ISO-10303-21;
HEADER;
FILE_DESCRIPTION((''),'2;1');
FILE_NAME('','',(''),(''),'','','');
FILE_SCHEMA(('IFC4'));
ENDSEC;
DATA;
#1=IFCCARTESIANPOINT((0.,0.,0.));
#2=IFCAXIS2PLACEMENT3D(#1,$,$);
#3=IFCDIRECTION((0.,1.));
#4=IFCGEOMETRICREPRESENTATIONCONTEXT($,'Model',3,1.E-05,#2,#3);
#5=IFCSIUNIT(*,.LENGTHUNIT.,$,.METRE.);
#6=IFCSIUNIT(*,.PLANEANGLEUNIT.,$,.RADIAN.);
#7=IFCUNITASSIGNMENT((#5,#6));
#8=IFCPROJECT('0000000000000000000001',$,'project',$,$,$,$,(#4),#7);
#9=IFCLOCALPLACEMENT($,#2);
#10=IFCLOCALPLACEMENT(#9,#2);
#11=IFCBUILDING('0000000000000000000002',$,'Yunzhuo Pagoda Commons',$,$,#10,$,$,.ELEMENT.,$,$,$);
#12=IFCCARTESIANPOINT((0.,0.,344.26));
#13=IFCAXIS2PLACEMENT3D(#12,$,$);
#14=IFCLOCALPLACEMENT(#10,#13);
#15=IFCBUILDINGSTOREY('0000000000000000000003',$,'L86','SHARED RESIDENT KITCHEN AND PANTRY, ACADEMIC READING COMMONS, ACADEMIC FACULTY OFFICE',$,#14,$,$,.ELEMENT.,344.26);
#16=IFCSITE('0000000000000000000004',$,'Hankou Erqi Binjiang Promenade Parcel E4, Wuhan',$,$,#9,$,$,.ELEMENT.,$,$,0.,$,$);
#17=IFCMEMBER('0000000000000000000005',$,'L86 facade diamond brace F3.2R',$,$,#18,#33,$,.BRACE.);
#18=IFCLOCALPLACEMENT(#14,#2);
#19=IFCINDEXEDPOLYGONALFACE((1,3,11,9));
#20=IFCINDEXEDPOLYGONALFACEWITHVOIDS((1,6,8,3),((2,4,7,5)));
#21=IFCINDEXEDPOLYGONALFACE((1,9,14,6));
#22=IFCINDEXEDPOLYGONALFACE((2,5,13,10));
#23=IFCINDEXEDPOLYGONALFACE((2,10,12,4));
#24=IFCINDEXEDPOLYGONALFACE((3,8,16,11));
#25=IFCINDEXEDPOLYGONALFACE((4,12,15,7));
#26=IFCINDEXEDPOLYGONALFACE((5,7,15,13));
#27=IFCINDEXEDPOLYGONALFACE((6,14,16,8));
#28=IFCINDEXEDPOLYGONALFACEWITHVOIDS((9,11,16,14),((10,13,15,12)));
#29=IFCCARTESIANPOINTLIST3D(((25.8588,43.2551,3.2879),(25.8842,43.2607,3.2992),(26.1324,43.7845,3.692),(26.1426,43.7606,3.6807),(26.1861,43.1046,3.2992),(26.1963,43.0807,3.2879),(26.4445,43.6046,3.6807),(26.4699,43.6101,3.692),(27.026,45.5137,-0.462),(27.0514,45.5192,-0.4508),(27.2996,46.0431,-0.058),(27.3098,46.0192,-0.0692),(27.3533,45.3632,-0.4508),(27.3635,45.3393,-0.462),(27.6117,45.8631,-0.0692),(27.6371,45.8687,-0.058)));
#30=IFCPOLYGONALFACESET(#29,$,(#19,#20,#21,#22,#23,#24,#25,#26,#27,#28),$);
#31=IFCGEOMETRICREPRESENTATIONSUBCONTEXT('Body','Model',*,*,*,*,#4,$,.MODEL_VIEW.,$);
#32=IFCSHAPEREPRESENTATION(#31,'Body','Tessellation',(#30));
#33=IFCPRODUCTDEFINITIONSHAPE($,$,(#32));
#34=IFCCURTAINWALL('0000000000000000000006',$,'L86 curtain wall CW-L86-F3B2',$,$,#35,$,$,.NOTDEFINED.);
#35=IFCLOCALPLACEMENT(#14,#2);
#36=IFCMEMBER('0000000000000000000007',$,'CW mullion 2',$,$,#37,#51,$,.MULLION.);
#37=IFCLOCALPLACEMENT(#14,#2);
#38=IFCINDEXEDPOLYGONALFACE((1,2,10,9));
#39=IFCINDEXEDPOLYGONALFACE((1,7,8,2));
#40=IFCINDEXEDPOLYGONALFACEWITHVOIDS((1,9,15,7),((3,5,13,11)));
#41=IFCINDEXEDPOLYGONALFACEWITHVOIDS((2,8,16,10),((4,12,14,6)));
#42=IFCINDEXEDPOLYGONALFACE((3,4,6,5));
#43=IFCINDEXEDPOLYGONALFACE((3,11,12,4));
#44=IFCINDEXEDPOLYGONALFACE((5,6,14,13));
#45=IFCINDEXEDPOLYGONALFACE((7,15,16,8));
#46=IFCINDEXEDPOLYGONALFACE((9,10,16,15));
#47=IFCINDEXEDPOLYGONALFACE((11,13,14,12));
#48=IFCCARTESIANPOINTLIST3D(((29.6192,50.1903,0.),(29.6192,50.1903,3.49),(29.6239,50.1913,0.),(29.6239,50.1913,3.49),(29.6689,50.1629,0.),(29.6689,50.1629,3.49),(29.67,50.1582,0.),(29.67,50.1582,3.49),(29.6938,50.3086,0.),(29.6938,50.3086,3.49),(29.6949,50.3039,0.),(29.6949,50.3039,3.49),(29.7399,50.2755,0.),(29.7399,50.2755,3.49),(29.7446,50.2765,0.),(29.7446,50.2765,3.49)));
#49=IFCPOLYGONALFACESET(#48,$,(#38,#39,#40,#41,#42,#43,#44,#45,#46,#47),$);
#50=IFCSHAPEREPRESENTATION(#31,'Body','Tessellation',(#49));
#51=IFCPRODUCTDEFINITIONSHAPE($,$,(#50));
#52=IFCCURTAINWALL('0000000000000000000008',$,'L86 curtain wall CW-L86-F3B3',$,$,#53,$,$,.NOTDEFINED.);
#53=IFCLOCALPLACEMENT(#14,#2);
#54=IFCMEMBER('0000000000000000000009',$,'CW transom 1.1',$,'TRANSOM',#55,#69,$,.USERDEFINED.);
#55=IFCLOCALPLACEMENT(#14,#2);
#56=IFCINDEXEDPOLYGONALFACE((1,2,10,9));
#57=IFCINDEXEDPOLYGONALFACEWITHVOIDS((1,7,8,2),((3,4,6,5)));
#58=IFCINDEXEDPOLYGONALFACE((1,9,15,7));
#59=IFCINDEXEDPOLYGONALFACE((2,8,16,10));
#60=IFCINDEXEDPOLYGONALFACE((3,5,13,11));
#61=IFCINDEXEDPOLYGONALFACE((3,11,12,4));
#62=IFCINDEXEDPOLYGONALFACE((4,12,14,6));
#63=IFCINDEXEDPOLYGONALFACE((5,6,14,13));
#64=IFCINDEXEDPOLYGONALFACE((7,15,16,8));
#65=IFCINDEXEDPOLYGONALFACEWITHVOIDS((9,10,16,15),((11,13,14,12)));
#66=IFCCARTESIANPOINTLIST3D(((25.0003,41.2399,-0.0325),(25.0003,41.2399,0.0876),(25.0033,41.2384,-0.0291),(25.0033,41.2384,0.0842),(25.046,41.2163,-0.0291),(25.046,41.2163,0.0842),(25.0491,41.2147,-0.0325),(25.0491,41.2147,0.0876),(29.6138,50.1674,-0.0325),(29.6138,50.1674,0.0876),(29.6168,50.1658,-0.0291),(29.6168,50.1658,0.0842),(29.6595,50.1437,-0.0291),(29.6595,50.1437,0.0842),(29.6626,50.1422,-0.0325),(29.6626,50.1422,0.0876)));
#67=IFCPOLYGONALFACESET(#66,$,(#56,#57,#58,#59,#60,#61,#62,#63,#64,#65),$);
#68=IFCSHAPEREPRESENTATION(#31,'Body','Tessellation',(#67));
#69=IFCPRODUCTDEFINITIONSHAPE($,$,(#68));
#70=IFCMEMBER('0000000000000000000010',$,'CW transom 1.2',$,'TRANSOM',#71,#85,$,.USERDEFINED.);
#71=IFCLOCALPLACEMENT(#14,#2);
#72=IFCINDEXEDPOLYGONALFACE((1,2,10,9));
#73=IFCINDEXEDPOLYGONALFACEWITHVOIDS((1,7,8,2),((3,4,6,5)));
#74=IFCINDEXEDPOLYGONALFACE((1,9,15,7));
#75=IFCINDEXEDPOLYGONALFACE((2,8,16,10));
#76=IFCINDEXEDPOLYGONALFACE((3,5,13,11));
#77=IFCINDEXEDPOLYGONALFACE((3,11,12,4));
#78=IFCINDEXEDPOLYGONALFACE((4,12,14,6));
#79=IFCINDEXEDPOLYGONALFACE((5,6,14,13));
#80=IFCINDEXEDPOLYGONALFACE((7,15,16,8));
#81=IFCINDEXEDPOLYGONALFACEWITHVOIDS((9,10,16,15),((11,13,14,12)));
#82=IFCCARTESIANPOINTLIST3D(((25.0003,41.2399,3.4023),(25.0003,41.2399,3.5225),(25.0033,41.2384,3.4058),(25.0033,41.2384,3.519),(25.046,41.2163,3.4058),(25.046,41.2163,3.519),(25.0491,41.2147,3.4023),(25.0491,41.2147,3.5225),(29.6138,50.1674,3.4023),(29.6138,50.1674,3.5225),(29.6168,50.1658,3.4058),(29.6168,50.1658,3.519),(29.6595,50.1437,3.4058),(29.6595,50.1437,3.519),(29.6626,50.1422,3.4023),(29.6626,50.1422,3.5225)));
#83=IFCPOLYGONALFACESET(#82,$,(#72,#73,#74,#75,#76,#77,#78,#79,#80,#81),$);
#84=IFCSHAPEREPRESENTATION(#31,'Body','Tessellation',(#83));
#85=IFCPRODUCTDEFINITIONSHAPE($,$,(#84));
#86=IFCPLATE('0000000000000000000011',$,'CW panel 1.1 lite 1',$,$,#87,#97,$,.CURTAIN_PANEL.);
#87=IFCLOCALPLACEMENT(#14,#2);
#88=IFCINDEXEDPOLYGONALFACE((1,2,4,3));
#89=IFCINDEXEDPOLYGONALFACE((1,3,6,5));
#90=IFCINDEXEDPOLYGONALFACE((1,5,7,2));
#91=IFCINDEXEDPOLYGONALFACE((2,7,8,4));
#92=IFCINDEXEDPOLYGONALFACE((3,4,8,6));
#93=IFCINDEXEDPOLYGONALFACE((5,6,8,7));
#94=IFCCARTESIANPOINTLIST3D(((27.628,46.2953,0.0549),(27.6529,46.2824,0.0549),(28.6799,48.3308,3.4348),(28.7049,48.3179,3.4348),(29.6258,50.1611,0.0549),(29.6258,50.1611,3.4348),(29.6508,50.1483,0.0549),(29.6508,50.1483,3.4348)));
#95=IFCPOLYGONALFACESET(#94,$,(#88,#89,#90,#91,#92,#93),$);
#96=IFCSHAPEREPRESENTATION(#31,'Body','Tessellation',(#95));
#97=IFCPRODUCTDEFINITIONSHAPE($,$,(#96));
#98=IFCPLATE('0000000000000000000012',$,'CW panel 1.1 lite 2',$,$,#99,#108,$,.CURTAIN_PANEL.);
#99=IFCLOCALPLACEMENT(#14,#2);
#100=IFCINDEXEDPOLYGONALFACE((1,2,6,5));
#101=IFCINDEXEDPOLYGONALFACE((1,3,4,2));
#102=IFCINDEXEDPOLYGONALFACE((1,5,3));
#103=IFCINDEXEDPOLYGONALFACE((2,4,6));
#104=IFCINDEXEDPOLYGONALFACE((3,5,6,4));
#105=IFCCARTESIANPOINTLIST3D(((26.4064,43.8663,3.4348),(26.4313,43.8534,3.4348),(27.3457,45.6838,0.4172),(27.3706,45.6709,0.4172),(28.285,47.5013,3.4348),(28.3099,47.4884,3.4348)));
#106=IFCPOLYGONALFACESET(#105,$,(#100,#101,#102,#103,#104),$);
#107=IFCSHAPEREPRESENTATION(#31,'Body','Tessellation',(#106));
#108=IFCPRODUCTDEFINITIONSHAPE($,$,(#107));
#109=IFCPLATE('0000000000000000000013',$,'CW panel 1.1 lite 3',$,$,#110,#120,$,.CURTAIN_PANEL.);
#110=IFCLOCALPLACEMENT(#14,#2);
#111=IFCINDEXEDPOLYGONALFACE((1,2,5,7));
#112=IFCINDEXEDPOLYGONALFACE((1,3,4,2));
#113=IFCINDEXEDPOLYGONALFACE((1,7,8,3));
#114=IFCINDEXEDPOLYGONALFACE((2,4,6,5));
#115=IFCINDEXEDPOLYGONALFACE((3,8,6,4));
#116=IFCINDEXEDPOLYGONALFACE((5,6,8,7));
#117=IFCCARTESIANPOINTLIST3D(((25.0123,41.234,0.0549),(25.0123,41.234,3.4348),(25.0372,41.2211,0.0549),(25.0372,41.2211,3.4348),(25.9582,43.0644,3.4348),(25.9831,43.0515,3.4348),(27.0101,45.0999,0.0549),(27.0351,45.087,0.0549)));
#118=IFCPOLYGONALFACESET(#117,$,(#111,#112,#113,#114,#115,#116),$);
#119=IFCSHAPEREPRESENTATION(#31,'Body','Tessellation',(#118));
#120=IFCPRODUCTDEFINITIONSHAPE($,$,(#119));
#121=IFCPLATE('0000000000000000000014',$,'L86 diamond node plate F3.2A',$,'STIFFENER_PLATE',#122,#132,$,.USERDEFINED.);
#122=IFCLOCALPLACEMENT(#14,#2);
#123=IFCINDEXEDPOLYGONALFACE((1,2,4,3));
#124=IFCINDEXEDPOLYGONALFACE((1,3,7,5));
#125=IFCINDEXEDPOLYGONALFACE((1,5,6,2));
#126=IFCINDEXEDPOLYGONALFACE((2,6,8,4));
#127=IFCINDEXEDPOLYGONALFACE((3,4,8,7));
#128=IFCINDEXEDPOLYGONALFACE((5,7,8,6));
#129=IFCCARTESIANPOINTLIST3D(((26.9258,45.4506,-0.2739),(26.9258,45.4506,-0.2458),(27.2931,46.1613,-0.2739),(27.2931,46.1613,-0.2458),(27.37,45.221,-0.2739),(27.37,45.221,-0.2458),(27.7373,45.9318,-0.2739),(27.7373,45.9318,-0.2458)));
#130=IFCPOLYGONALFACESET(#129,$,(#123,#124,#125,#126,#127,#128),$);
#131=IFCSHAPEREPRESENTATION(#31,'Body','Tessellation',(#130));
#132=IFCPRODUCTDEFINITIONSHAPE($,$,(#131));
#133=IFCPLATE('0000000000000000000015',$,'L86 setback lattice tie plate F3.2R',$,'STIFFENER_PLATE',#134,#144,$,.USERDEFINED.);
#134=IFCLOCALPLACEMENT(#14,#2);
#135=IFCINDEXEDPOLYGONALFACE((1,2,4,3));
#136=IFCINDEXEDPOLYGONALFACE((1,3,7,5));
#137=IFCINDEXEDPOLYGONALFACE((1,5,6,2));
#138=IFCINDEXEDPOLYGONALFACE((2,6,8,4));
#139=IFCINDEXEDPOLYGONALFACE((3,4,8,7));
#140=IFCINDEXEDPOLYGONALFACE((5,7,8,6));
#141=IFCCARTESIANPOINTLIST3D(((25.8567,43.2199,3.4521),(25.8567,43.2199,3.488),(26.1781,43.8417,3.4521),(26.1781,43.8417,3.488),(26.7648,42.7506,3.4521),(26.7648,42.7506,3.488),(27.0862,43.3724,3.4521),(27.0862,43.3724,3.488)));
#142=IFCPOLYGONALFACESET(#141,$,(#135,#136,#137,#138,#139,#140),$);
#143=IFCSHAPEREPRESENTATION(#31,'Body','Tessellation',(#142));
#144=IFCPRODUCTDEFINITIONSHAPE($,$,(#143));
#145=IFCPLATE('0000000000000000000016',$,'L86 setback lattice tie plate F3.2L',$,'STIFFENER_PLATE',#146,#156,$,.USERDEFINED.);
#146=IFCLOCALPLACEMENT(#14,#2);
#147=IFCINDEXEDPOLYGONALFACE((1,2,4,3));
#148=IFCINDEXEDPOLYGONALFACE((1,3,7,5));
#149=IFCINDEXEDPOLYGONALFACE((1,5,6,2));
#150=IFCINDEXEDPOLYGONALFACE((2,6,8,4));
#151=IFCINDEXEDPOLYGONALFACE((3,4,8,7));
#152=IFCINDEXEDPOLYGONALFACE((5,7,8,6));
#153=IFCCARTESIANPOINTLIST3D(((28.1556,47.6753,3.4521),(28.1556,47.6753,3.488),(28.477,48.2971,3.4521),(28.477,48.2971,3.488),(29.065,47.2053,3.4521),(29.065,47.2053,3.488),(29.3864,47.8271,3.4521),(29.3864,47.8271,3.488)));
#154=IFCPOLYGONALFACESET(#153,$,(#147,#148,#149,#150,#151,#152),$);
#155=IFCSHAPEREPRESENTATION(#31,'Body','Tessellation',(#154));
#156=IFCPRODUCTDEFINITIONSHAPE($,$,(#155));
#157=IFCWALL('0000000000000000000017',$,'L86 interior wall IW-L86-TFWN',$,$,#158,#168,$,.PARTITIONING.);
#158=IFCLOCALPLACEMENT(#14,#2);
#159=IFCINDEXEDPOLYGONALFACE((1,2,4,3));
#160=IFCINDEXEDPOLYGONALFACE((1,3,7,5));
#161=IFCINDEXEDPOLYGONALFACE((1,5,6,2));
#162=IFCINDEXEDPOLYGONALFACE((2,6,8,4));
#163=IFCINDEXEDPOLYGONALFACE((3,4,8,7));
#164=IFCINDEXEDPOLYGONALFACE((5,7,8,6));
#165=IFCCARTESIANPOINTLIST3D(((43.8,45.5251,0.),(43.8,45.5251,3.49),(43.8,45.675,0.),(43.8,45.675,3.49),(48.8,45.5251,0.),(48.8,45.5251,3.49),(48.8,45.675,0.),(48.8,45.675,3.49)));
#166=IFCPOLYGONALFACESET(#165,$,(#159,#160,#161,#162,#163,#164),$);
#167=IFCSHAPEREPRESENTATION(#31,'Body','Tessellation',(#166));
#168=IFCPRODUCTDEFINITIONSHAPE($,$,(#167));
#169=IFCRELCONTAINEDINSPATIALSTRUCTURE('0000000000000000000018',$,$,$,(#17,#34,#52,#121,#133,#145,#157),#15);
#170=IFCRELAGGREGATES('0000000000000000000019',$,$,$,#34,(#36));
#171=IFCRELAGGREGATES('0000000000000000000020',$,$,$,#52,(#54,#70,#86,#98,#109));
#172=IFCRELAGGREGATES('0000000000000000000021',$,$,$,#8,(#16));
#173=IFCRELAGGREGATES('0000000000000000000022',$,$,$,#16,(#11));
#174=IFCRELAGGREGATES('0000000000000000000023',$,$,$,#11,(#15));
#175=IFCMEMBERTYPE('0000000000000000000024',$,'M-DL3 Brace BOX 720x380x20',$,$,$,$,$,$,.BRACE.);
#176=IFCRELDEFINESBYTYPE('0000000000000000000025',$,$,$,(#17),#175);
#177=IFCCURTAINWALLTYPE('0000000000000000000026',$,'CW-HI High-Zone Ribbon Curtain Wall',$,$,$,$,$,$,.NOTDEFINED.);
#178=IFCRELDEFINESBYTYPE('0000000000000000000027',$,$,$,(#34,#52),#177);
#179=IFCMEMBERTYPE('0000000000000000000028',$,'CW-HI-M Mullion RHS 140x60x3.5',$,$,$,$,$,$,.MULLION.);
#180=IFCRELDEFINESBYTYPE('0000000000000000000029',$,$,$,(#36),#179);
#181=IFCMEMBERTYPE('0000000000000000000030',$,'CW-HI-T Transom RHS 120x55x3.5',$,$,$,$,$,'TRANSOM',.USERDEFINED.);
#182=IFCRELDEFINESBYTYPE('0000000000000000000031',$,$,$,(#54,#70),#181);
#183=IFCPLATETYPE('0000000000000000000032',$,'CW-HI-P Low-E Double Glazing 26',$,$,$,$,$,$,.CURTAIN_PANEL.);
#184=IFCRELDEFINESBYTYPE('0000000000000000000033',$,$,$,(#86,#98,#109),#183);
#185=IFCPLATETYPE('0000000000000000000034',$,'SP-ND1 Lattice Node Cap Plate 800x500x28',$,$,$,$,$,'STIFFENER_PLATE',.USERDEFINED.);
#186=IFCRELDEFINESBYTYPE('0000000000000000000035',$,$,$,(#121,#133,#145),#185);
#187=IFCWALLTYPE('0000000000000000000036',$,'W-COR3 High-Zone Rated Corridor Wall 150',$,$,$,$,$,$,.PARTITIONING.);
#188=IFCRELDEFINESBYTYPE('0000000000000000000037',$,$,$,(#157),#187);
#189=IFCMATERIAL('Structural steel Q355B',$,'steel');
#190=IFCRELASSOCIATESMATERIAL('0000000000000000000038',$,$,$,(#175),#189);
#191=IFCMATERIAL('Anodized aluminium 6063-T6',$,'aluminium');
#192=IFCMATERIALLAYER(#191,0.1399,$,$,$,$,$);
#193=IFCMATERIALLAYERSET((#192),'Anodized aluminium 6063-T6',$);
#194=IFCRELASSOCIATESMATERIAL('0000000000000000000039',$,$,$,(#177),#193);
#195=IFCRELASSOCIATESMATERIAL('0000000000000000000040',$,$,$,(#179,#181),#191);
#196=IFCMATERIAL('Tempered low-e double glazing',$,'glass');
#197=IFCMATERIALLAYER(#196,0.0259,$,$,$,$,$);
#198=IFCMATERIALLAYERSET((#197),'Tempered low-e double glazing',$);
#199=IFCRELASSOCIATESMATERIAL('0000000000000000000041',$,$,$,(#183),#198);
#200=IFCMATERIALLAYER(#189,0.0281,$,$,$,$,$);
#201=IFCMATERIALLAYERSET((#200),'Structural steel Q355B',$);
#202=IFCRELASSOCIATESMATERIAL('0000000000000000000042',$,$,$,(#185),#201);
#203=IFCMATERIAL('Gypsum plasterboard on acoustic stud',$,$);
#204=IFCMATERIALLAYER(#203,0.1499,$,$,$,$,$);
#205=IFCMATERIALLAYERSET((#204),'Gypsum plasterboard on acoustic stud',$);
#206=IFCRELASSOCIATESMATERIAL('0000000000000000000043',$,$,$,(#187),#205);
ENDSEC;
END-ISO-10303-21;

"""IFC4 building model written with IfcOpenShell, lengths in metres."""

from ifc_helpers import new_model, si_unit, direction, frame, frame_2d, origin, origin_2d, place, context, subcontext, project, spatial, polyline, rectangle, hollow_rectangle, outline, extrude, source, transform, mapped, material, layer, layer_set, material_profile, profile_set, type_object, element, aggregate, save


model = new_model("IFC4")

# Units and contexts
model_context = context("Model", 3, precision=1e-05, world=origin(), true_north=direction((0.0, 1.0)))
body_context = subcontext(model_context, "Body", "Model", "MODEL_VIEW")
ifc_project = project(units=[si_unit("LENGTHUNIT", "METRE"), si_unit("PLANEANGLEUNIT", "RADIAN")], contexts=[model_context])

# Site, building, storey
site_placement = place(None, origin())
site = spatial("IfcSite", under=ifc_project, at=site_placement, Name="Hankou Erqi Binjiang Promenade Parcel E4, Wuhan", CompositionType="ELEMENT", RefElevation=0.0)
building_placement = place(site_placement, origin())
building = spatial("IfcBuilding", under=site, at=building_placement, Name="Yunzhuo Pagoda Commons", CompositionType="ELEMENT")
storey_placement = place(building_placement, frame((0.0, 0.0, 344.26)))
storey = spatial("IfcBuildingStorey", under=building, at=storey_placement, Name="L86", Description="SHARED RESIDENT KITCHEN AND PANTRY, ACADEMIC READING COMMONS, ACADEMIC FACULTY OFFICE", CompositionType="ELEMENT", Elevation=344.26)

# Shared definitions
ifc_material_1 = material(Name="Structural steel Q355B", Category="steel")

# Member
ifc_material_profile_1 = material_profile(ifc_material_1, hollow_rectangle(XDim=0.3799, YDim=0.72, WallThickness=0.02, at=origin_2d()), Name="Structural steel Q355B")
ifc_profile_set_1 = profile_set([ifc_material_profile_1], Name="Structural steel Q355B")
member_type_1 = type_object("IfcMemberType", Name="M-DL3 Brace BOX 720x380x20", PredefinedType="BRACE", material=ifc_profile_set_1)
shared_shape_1 = source(origin(), body_context, "Body", "SweptSolid", [
    extrude(hollow_rectangle(XDim=0.3799, YDim=0.72, WallThickness=0.02, at=origin_2d()), origin(), (0.0, 0.0, 1.0), 4.5305),
])
for number, where, z_axis, x_axis, name in (
    (1, (27.3315, 45.6912, -0.26), (-0.257636, -0.498514, 0.827712), (0.888374, -0.45912, 0.0), "L86 facade diamond brace F3.2R"),
):
    element("IfcMember", number, at=place(storey_placement, frame(where, z_axis=z_axis, x_axis=x_axis)), inside=storey, type_object=member_type_1, Name=name, PredefinedType="BRACE", context=body_context, shape_type="MappedRepresentation", body=[
        mapped(shared_shape_1, transform((0.0, 0.0, 0.0), scale=1.0)),
    ])

# Curtain wall, member
ifc_material_2 = material(Name="Anodized aluminium 6063-T6", Category="aluminium")
ifc_layer_1 = layer(ifc_material_2, 0.1399)
ifc_layer_set_1 = layer_set([ifc_layer_1], Name="Anodized aluminium 6063-T6")
curtain_wall_type = type_object("IfcCurtainWallType", Name="CW-HI High-Zone Ribbon Curtain Wall", PredefinedType="NOTDEFINED", material=ifc_layer_set_1)
curtain_wall_1_placement = place(storey_placement, origin())
curtain_wall_1 = element("IfcCurtainWall", 2, at=curtain_wall_1_placement, inside=storey, type_object=curtain_wall_type, Name="L86 curtain wall CW-L86-F3B2", PredefinedType="NOTDEFINED")
ifc_material_profile_2 = material_profile(ifc_material_2, hollow_rectangle(XDim=0.0601, YDim=0.1399, WallThickness=0.0034, at=origin_2d()), Name="Anodized aluminium 6063-T6")
ifc_profile_set_2 = profile_set([ifc_material_profile_2], Name="Anodized aluminium 6063-T6")
member_type_2 = type_object("IfcMemberType", Name="CW-HI-M Mullion RHS 140x60x3.5", PredefinedType="MULLION", material=ifc_profile_set_2)
shared_shape_2 = source(origin(), body_context, "Body", "SweptSolid", [
    extrude(hollow_rectangle(XDim=0.0601, YDim=0.1399, WallThickness=0.0034, at=origin_2d()), origin(), (0.0, 0.0, 1.0), 3.49),
])
member_1_placement = place(storey_placement, frame((29.6819, 50.2334, 0.0), z_axis=(0.0, 0.0, 1.0), x_axis=(0.845818, -0.533472, 0.0)))
member_1 = element("IfcMember", 3, at=member_1_placement, type_object=member_type_2, Name="CW mullion 2", PredefinedType="MULLION", context=body_context, shape_type="MappedRepresentation", body=[
    mapped(shared_shape_2, transform((0.0, 0.0, 0.0), scale=1.0)),
])
aggregate(curtain_wall_1, [member_1])

# Curtain wall, members, plates
curtain_wall_2_placement = place(storey_placement, origin())
curtain_wall_2 = element("IfcCurtainWall", 4, at=curtain_wall_2_placement, inside=storey, type_object=curtain_wall_type, Name="L86 curtain wall CW-L86-F3B3", PredefinedType="NOTDEFINED")
ifc_material_profile_3 = material_profile(ifc_material_2, hollow_rectangle(XDim=0.0549, YDim=0.1201, WallThickness=0.0034, at=origin_2d()), Name="Anodized aluminium 6063-T6")
ifc_profile_set_3 = profile_set([ifc_material_profile_3], Name="Anodized aluminium 6063-T6")
member_type_3 = type_object("IfcMemberType", Name="CW-HI-T Transom RHS 120x55x3.5", ElementType="TRANSOM", PredefinedType="USERDEFINED", material=ifc_profile_set_3)
shared_shape_3 = source(origin(), body_context, "Body", "SweptSolid", [
    extrude(hollow_rectangle(XDim=0.0549, YDim=0.1201, WallThickness=0.0034, at=origin_2d()), origin(), (0.0, 0.0, 1.0), 10.0491),
])
member_2_placement = place(storey_placement, frame((29.6382, 50.1548, 0.0276), z_axis=(-0.459098, -0.888386, 0.0), x_axis=(0.888386, -0.459098, 0.0)))
member_2 = element("IfcMember", 5, at=member_2_placement, type_object=member_type_3, Name="CW transom 1.1", ObjectType="TRANSOM", PredefinedType="USERDEFINED", context=body_context, shape_type="MappedRepresentation", body=[
    mapped(shared_shape_3, transform((0.0, 0.0, 0.0), scale=1.0)),
])
member_3_placement = place(storey_placement, frame((29.6382, 50.1548, 3.4624), z_axis=(-0.459098, -0.888386, 0.0), x_axis=(0.888386, -0.459098, 0.0)))
member_3 = element("IfcMember", 6, at=member_3_placement, type_object=member_type_3, Name="CW transom 1.2", ObjectType="TRANSOM", PredefinedType="USERDEFINED", context=body_context, shape_type="MappedRepresentation", body=[
    mapped(shared_shape_3, transform((0.0, 0.0, 0.0), scale=1.0)),
])
ifc_material_3 = material(Name="Tempered low-e double glazing", Category="glass")
ifc_layer_2 = layer(ifc_material_3, 0.0259)
ifc_layer_set_2 = layer_set([ifc_layer_2], Name="Tempered low-e double glazing")
plate_type_1 = type_object("IfcPlateType", Name="CW-HI-P Low-E Double Glazing 26", PredefinedType="CURTAIN_PANEL", material=ifc_layer_set_2)
plate_1_placement = place(storey_placement, frame((28.6519, 48.2153, 1.7449), z_axis=(-0.88838, 0.459108, 0.0), x_axis=(-0.459108, -0.88838, 0.0)))
plate_1 = element("IfcPlate", 7, at=plate_1_placement, type_object=plate_type_1, Name="CW panel 1.1 lite 1", PredefinedType="CURTAIN_PANEL", context=body_context, shape_type="SweptSolid", body=[
    extrude(outline(polyline([(-2.1758, -1.6899), (2.1758, -1.6899), (-0.1155, 1.6899), (-2.1758, 1.6899), (-2.1758, -1.6899)])), origin(), (0.0, 0.0, 1.0), 0.0281),
])
plate_2_placement = place(storey_placement, frame((27.3706, 45.6709, 1.926), z_axis=(-0.88838, 0.459108, 0.0), x_axis=(-0.459108, -0.88838, 0.0)))
plate_2 = element("IfcPlate", 8, at=plate_2_placement, type_object=plate_type_1, Name="CW panel 1.1 lite 2", PredefinedType="CURTAIN_PANEL", context=body_context, shape_type="SweptSolid", body=[
    extrude(outline(polyline([(-2.0459, 1.5088), (0.0, -1.5088), (2.0459, 1.5088), (-2.0459, 1.5088)])), origin(), (0.0, 0.0, 1.0), 0.0281),
])
plate_3_placement = place(storey_placement, frame((26.0361, 43.1541, 1.7449), z_axis=(-0.88838, 0.459108, 0.0), x_axis=(-0.459108, -0.88838, 0.0)))
plate_3 = element("IfcPlate", 9, at=plate_3_placement, type_object=plate_type_1, Name="CW panel 1.1 lite 3", PredefinedType="CURTAIN_PANEL", context=body_context, shape_type="SweptSolid", body=[
    extrude(outline(polyline([(-2.1758, -1.6899), (2.1758, -1.6899), (2.1758, 1.6899), (0.1155, 1.6899), (-2.1758, -1.6899)])), origin(), (0.0, 0.0, 1.0), 0.0281),
])
aggregate(curtain_wall_2, [member_2, member_3, plate_1, plate_2, plate_3])

# Plates
ifc_layer_3 = layer(ifc_material_1, 0.0281)
ifc_layer_set_3 = layer_set([ifc_layer_3], Name="Structural steel Q355B")
plate_type_2 = type_object("IfcPlateType", Name="SP-ND1 Lattice Node Cap Plate 800x500x28", ElementType="STIFFENER_PLATE", PredefinedType="USERDEFINED", material=ifc_layer_set_3)
shared_shape_4 = source(origin(), body_context, "Body", "SweptSolid", [
    extrude(rectangle(XDim=0.8, YDim=0.5, at=origin_2d()), origin(), (0.0, 0.0, 1.0), 0.0281),
])
plate_4_placement = place(storey_placement, frame((27.3315, 45.6912, -0.2739), z_axis=(0.0, 0.0, 1.0), x_axis=(-0.459115, -0.888377, 0.0)))
element("IfcPlate", 10, at=plate_4_placement, inside=storey, type_object=plate_type_2, Name="L86 diamond node plate F3.2A", ObjectType="STIFFENER_PLATE", PredefinedType="USERDEFINED", context=body_context, shape_type="MappedRepresentation", body=[
    mapped(shared_shape_4, transform((0.0, 0.0, 0.0), scale=1.0)),
])
shared_shape_5 = source(origin(), body_context, "Body", "SweptSolid", [
    extrude(rectangle(XDim=0.7, YDim=1.0222, at=origin_2d()), origin(), (0.0, 0.0, 1.0), 0.0359),
])
plate_5_placement = place(storey_placement, frame((26.4714, 43.2961, 3.4521), z_axis=(0.0, 0.0, 1.0), x_axis=(-0.459115, -0.888377, 0.0)))
element("IfcPlate", 11, at=plate_5_placement, inside=storey, type_object=plate_type_2, Name="L86 setback lattice tie plate F3.2R", ObjectType="STIFFENER_PLATE", PredefinedType="USERDEFINED", context=body_context, shape_type="MappedRepresentation", body=[
    mapped(shared_shape_5, transform((0.0, 0.0, 0.0), scale=1.0)),
])
shared_shape_6 = source(origin(), body_context, "Body", "SweptSolid", [
    extrude(rectangle(XDim=0.7, YDim=1.0237, at=origin_2d()), origin(), (0.0, 0.0, 1.0), 0.0359),
])
plate_6_placement = place(storey_placement, frame((28.771, 47.7512, 3.4521), z_axis=(0.0, 0.0, 1.0), x_axis=(-0.459115, -0.888377, 0.0)))
element("IfcPlate", 12, at=plate_6_placement, inside=storey, type_object=plate_type_2, Name="L86 setback lattice tie plate F3.2L", ObjectType="STIFFENER_PLATE", PredefinedType="USERDEFINED", context=body_context, shape_type="MappedRepresentation", body=[
    mapped(shared_shape_6, transform((0.0, 0.0, 0.0), scale=1.0)),
])

# Wall
ifc_material_4 = material(Name="Gypsum plasterboard on acoustic stud")
ifc_layer_4 = layer(ifc_material_4, 0.1499)
ifc_layer_set_4 = layer_set([ifc_layer_4], Name="Gypsum plasterboard on acoustic stud")
wall_type = type_object("IfcWallType", Name="W-COR3 High-Zone Rated Corridor Wall 150", PredefinedType="PARTITIONING", material=ifc_layer_set_4)
wall_1_placement = place(storey_placement, frame((43.8, 45.6001, 0.0), z_axis=(0.0, 0.0, 1.0), x_axis=(1.0, 0.0, 0.0)))
element("IfcWall", 13, at=wall_1_placement, inside=storey, type_object=wall_type, Name="L86 interior wall IW-L86-TFWN", PredefinedType="PARTITIONING", context=body_context, shape_type="SweptSolid", body=[
    extrude(rectangle(XDim=5.0, YDim=0.1499, at=frame_2d((2.5, 0.0))), origin(), (0.0, 0.0, 1.0), 3.49),
])

save(model, "model.ifc")
